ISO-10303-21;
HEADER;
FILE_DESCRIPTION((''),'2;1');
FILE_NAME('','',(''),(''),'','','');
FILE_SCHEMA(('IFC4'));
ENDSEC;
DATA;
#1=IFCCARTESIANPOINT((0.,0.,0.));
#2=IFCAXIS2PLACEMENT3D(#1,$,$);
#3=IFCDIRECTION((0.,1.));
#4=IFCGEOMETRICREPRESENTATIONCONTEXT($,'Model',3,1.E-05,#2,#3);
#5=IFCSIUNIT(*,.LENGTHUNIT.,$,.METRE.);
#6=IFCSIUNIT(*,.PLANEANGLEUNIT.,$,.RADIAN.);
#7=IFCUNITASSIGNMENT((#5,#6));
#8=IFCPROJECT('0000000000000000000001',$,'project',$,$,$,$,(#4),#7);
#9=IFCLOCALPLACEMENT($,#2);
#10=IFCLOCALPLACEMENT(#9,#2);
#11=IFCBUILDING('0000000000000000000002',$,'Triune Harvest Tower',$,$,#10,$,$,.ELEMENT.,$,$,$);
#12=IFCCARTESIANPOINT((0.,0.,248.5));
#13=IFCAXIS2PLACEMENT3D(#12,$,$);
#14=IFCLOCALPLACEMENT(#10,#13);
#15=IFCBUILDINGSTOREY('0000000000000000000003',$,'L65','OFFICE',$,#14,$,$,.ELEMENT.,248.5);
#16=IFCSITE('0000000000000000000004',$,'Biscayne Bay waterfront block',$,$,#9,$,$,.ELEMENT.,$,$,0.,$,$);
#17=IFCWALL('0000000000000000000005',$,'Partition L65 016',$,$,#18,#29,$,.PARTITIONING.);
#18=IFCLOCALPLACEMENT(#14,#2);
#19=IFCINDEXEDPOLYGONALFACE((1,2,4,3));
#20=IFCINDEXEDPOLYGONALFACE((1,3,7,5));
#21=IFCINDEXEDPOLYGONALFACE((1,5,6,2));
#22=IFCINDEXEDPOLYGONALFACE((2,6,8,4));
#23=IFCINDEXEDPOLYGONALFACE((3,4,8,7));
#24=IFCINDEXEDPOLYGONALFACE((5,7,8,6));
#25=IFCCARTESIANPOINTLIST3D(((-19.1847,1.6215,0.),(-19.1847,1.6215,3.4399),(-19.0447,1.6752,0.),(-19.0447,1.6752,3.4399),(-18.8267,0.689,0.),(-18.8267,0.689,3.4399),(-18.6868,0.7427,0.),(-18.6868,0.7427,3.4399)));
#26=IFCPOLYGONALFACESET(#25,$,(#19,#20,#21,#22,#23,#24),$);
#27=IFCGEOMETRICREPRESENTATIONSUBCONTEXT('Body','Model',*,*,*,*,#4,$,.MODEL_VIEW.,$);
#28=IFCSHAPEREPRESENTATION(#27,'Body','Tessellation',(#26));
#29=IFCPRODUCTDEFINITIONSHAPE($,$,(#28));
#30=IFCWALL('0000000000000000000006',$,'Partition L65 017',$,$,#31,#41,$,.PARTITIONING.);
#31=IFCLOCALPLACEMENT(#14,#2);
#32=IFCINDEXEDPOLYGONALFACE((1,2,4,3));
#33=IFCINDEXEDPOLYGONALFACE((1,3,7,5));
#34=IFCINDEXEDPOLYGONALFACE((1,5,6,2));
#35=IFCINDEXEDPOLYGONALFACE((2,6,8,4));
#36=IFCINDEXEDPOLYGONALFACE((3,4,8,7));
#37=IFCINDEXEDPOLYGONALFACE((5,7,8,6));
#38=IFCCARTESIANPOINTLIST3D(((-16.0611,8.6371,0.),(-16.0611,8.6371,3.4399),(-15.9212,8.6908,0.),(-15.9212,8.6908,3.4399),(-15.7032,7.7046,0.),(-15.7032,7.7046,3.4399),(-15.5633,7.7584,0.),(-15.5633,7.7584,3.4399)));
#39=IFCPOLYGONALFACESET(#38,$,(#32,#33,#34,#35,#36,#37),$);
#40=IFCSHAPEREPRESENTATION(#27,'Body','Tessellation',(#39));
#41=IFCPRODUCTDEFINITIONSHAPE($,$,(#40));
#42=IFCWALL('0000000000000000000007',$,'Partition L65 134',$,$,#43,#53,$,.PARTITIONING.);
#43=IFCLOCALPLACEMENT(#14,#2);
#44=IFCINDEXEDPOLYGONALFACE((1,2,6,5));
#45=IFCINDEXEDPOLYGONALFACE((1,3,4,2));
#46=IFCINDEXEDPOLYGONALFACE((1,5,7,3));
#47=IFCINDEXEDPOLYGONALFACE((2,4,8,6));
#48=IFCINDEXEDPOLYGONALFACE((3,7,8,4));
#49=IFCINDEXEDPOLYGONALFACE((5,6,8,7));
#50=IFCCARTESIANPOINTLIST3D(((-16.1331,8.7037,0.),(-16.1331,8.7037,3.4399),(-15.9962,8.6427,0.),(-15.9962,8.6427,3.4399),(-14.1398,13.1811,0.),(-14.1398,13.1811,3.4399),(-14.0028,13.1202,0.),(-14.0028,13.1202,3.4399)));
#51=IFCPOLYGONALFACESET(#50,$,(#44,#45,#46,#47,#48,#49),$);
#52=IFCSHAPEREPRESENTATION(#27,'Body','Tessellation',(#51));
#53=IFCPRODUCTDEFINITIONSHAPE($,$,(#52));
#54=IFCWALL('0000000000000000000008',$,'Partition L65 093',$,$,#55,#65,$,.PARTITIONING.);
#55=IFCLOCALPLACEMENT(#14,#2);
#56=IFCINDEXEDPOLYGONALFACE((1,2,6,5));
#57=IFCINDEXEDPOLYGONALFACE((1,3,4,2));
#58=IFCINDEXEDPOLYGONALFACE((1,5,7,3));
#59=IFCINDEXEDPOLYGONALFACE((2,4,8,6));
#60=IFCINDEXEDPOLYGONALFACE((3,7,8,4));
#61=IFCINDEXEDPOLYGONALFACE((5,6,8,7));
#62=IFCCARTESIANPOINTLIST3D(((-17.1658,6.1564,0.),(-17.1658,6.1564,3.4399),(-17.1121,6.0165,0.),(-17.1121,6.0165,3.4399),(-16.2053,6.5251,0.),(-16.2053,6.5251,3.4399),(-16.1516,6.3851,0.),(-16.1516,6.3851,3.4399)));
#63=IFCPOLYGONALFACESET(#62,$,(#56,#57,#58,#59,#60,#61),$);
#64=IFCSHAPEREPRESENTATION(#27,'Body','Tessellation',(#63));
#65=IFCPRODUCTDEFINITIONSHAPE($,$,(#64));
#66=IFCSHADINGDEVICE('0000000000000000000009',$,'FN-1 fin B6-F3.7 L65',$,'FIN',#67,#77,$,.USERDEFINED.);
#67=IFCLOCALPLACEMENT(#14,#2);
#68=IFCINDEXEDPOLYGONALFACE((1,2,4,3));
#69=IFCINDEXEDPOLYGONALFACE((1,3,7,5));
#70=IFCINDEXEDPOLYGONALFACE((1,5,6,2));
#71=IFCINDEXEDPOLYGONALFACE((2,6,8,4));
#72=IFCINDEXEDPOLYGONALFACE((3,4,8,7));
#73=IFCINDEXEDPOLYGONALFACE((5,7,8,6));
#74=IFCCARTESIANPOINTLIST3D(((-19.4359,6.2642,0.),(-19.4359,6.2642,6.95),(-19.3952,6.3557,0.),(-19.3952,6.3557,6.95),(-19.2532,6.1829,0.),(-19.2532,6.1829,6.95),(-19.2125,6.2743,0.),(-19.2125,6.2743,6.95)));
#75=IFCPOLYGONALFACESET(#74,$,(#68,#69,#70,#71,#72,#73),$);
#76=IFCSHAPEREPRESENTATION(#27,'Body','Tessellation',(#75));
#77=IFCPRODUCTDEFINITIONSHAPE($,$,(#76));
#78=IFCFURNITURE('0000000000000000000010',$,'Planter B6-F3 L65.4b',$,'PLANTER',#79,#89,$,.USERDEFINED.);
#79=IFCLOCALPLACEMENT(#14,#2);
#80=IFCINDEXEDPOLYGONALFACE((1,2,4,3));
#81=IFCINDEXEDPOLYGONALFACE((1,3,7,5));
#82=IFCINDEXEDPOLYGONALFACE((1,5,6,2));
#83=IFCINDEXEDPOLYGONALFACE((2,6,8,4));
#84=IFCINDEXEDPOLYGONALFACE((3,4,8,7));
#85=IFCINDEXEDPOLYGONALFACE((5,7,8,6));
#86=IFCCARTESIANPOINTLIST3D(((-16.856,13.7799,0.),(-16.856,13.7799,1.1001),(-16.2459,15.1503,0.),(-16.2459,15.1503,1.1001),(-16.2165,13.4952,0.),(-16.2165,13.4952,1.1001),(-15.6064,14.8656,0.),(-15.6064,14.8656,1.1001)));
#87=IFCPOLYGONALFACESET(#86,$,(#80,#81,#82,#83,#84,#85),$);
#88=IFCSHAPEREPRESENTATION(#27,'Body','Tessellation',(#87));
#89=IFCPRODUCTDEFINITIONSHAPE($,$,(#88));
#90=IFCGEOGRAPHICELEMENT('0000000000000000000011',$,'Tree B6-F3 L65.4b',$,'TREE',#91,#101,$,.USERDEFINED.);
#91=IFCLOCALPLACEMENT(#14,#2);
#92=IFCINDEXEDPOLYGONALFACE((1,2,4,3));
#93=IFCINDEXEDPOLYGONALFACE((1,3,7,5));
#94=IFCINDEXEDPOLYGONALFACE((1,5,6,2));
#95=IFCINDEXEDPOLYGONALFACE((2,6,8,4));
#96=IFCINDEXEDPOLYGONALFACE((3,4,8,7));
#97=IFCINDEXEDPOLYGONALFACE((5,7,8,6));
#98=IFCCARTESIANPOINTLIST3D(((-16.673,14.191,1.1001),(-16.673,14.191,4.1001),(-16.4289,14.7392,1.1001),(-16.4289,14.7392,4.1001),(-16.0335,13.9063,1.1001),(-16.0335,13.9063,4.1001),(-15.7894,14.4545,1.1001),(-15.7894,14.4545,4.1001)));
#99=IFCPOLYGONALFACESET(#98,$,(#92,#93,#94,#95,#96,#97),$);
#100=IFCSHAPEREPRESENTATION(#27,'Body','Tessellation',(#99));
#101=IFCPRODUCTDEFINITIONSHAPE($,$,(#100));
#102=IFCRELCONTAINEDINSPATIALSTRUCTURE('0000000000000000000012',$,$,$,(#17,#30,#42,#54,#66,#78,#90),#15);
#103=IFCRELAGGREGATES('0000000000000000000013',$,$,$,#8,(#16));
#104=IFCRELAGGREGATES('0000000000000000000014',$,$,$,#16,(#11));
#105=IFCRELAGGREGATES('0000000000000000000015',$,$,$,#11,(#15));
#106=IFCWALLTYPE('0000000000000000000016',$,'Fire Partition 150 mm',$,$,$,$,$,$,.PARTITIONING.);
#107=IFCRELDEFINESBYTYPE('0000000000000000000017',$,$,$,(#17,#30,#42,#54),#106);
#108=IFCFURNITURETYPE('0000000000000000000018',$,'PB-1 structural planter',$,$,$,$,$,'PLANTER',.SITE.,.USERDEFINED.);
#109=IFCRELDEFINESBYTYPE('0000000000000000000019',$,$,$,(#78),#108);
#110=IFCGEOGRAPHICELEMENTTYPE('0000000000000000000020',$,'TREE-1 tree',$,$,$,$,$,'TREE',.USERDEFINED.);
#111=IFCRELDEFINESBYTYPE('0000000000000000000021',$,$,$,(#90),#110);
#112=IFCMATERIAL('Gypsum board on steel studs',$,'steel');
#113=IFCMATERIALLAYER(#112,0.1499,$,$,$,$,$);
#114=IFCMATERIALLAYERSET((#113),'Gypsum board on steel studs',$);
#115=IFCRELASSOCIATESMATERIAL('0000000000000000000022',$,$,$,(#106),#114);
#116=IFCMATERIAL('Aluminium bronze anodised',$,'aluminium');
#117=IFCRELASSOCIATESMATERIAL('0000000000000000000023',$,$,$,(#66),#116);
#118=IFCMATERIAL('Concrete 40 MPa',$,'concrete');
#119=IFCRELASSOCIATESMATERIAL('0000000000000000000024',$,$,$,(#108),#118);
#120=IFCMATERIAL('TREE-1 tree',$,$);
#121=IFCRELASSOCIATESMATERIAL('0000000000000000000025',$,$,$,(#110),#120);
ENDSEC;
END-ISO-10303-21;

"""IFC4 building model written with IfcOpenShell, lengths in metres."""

from ifc_helpers import new_model, si_unit, direction, frame, frame_2d, origin, origin_2d, place, context, subcontext, project, spatial, rectangle, extrude, source, transform, mapped, material, layer, layer_set, type_object, element, save


model = new_model("IFC4")

# Units and contexts
model_context = context("Model", 3, precision=1e-05, world=origin(), true_north=direction((0.0, 1.0)))
body_context = subcontext(model_context, "Body", "Model", "MODEL_VIEW")
ifc_project = project(units=[si_unit("LENGTHUNIT", "METRE"), si_unit("PLANEANGLEUNIT", "RADIAN")], contexts=[model_context])

# Site, building, storey
site_placement = place(None, origin())
site = spatial("IfcSite", under=ifc_project, at=site_placement, Name="Biscayne Bay waterfront block", CompositionType="ELEMENT", RefElevation=0.0)
building_placement = place(site_placement, origin())
building = spatial("IfcBuilding", under=site, at=building_placement, Name="Triune Harvest Tower", CompositionType="ELEMENT")
storey_placement = place(building_placement, frame((0.0, 0.0, 248.5)))
storey = spatial("IfcBuildingStorey", under=building, at=storey_placement, Name="L65", Description="OFFICE", CompositionType="ELEMENT", Elevation=248.5)

# Walls
ifc_material_1 = material(Name="Gypsum board on steel studs", Category="steel")
ifc_layer_1 = layer(ifc_material_1, 0.1499)
ifc_layer_set_1 = layer_set([ifc_layer_1], Name="Gypsum board on steel studs")
wall_type_1 = type_object("IfcWallType", Name="Fire Partition 150 mm", PredefinedType="PARTITIONING", material=ifc_layer_set_1)
shared_shape_1 = source(origin(), body_context, "Body", "SweptSolid", [
    extrude(rectangle(XDim=0.9988, YDim=0.1499, at=frame_2d((0.4995, 0.0))), origin(), (0.0, 0.0, 1.0), 3.4399),
])
for number, where, z_axis, x_axis, name in (
    (1, (-19.1147, 1.6484, 0.0), (0.0, 0.0, 1.0), (0.358373, -0.933579, 0.0), "Partition L65 016"),
    (2, (-15.9912, 8.6641, 0.0), (0.0, 0.0, 1.0), (0.358373, -0.933579, 0.0), "Partition L65 017"),
):
    element("IfcWall", number, at=place(storey_placement, frame(where, z_axis=z_axis, x_axis=x_axis)), inside=storey, type_object=wall_type_1, Name=name, PredefinedType="PARTITIONING", context=body_context, shape_type="MappedRepresentation", body=[
        mapped(shared_shape_1, transform((0.0, 0.0, 0.0), scale=1.0)),
    ])
shared_shape_2 = source(origin(), body_context, "Body", "SweptSolid", [
    extrude(rectangle(XDim=4.9011, YDim=0.1499, at=frame_2d((2.4507, 0.0))), origin(), (0.0, 0.0, 1.0), 3.4399),
])
wall_1_placement = place(storey_placement, frame((-16.0647, 8.6731, 0.0), z_axis=(0.0, 0.0, 1.0), x_axis=(0.406716, 0.913555, 0.0)))
element("IfcWall", 3, at=wall_1_placement, inside=storey, type_object=wall_type_1, Name="Partition L65 134", PredefinedType="PARTITIONING", context=body_context, shape_type="MappedRepresentation", body=[
    mapped(shared_shape_2, transform((0.0, 0.0, 0.0), scale=1.0)),
])
shared_shape_3 = source(origin(), body_context, "Body", "SweptSolid", [
    extrude(rectangle(XDim=1.0288, YDim=0.1499, at=frame_2d((0.5144, 0.0))), origin(), (0.0, 0.0, 1.0), 3.4399),
])
wall_2_placement = place(storey_placement, frame((-17.1389, 6.0864, 0.0), z_axis=(0.0, 0.0, 1.0), x_axis=(0.93359, 0.358343, 0.0)))
element("IfcWall", 4, at=wall_2_placement, inside=storey, type_object=wall_type_1, Name="Partition L65 093", PredefinedType="PARTITIONING", context=body_context, shape_type="MappedRepresentation", body=[
    mapped(shared_shape_3, transform((0.0, 0.0, 0.0), scale=1.0)),
])

# Shading device
ifc_material_2 = material(Name="Aluminium bronze anodised", Category="aluminium")
shared_shape_4 = source(origin(), body_context, "Body", "SweptSolid", [
    extrude(rectangle(XDim=0.1001, YDim=0.2, at=origin_2d()), origin(), (0.0, 0.0, 1.0), 6.95),
])
shading_device_placement = place(storey_placement, frame((-19.3242, 6.2693, 0.0), z_axis=(0.0, 0.0, 1.0), x_axis=(-0.406738, -0.913545, 0.0)))
element("IfcShadingDevice", 5, at=shading_device_placement, inside=storey, material=ifc_material_2, Name="FN-1 fin B6-F3.7 L65", ObjectType="FIN", PredefinedType="USERDEFINED", context=body_context, shape_type="MappedRepresentation", body=[
    mapped(shared_shape_4, transform((0.0, 0.0, 0.0), scale=1.0)),
])

# Furniture
ifc_material_3 = material(Name="Concrete 40 MPa", Category="concrete")
furniture_type = type_object("IfcFurnitureType", Name="PB-1 structural planter", ElementType="PLANTER", AssemblyPlace="SITE", PredefinedType="USERDEFINED", material=ifc_material_3)
shared_shape_5 = source(origin(), body_context, "Body", "SweptSolid", [
    extrude(rectangle(XDim=1.5, YDim=0.7, at=origin_2d()), origin(), (0.0, 0.0, 1.0), 1.1001),
])
furniture_placement = place(storey_placement, frame((-16.2312, 14.3228, 0.0), z_axis=(0.0, 0.0, 1.0), x_axis=(-0.406738, -0.913545, 0.0)))
element("IfcFurniture", 6, at=furniture_placement, inside=storey, type_object=furniture_type, Name="Planter B6-F3 L65.4b", ObjectType="PLANTER", PredefinedType="USERDEFINED", context=body_context, shape_type="MappedRepresentation", body=[
    mapped(shared_shape_5, transform((0.0, 0.0, 0.0), scale=1.0)),
])

# Geographic element
ifc_material_4 = material(Name="TREE-1 tree")
geographic_element_type = type_object("IfcGeographicElementType", Name="TREE-1 tree", ElementType="TREE", PredefinedType="USERDEFINED", material=ifc_material_4)
shared_shape_6 = source(origin(), body_context, "Body", "SweptSolid", [
    extrude(rectangle(XDim=0.6001, YDim=0.7, at=origin_2d()), origin(), (0.0, 0.0, 1.0), 3.0),
])
geographic_element_placement = place(storey_placement, frame((-16.2312, 14.3228, 1.1001), z_axis=(0.0, 0.0, 1.0), x_axis=(-0.406738, -0.913545, 0.0)))
element("IfcGeographicElement", 7, at=geographic_element_placement, inside=storey, type_object=geographic_element_type, Name="Tree B6-F3 L65.4b", ObjectType="TREE", PredefinedType="USERDEFINED", context=body_context, shape_type="MappedRepresentation", body=[
    mapped(shared_shape_6, transform((0.0, 0.0, 0.0), scale=1.0)),
])

save(model, "model.ifc")
